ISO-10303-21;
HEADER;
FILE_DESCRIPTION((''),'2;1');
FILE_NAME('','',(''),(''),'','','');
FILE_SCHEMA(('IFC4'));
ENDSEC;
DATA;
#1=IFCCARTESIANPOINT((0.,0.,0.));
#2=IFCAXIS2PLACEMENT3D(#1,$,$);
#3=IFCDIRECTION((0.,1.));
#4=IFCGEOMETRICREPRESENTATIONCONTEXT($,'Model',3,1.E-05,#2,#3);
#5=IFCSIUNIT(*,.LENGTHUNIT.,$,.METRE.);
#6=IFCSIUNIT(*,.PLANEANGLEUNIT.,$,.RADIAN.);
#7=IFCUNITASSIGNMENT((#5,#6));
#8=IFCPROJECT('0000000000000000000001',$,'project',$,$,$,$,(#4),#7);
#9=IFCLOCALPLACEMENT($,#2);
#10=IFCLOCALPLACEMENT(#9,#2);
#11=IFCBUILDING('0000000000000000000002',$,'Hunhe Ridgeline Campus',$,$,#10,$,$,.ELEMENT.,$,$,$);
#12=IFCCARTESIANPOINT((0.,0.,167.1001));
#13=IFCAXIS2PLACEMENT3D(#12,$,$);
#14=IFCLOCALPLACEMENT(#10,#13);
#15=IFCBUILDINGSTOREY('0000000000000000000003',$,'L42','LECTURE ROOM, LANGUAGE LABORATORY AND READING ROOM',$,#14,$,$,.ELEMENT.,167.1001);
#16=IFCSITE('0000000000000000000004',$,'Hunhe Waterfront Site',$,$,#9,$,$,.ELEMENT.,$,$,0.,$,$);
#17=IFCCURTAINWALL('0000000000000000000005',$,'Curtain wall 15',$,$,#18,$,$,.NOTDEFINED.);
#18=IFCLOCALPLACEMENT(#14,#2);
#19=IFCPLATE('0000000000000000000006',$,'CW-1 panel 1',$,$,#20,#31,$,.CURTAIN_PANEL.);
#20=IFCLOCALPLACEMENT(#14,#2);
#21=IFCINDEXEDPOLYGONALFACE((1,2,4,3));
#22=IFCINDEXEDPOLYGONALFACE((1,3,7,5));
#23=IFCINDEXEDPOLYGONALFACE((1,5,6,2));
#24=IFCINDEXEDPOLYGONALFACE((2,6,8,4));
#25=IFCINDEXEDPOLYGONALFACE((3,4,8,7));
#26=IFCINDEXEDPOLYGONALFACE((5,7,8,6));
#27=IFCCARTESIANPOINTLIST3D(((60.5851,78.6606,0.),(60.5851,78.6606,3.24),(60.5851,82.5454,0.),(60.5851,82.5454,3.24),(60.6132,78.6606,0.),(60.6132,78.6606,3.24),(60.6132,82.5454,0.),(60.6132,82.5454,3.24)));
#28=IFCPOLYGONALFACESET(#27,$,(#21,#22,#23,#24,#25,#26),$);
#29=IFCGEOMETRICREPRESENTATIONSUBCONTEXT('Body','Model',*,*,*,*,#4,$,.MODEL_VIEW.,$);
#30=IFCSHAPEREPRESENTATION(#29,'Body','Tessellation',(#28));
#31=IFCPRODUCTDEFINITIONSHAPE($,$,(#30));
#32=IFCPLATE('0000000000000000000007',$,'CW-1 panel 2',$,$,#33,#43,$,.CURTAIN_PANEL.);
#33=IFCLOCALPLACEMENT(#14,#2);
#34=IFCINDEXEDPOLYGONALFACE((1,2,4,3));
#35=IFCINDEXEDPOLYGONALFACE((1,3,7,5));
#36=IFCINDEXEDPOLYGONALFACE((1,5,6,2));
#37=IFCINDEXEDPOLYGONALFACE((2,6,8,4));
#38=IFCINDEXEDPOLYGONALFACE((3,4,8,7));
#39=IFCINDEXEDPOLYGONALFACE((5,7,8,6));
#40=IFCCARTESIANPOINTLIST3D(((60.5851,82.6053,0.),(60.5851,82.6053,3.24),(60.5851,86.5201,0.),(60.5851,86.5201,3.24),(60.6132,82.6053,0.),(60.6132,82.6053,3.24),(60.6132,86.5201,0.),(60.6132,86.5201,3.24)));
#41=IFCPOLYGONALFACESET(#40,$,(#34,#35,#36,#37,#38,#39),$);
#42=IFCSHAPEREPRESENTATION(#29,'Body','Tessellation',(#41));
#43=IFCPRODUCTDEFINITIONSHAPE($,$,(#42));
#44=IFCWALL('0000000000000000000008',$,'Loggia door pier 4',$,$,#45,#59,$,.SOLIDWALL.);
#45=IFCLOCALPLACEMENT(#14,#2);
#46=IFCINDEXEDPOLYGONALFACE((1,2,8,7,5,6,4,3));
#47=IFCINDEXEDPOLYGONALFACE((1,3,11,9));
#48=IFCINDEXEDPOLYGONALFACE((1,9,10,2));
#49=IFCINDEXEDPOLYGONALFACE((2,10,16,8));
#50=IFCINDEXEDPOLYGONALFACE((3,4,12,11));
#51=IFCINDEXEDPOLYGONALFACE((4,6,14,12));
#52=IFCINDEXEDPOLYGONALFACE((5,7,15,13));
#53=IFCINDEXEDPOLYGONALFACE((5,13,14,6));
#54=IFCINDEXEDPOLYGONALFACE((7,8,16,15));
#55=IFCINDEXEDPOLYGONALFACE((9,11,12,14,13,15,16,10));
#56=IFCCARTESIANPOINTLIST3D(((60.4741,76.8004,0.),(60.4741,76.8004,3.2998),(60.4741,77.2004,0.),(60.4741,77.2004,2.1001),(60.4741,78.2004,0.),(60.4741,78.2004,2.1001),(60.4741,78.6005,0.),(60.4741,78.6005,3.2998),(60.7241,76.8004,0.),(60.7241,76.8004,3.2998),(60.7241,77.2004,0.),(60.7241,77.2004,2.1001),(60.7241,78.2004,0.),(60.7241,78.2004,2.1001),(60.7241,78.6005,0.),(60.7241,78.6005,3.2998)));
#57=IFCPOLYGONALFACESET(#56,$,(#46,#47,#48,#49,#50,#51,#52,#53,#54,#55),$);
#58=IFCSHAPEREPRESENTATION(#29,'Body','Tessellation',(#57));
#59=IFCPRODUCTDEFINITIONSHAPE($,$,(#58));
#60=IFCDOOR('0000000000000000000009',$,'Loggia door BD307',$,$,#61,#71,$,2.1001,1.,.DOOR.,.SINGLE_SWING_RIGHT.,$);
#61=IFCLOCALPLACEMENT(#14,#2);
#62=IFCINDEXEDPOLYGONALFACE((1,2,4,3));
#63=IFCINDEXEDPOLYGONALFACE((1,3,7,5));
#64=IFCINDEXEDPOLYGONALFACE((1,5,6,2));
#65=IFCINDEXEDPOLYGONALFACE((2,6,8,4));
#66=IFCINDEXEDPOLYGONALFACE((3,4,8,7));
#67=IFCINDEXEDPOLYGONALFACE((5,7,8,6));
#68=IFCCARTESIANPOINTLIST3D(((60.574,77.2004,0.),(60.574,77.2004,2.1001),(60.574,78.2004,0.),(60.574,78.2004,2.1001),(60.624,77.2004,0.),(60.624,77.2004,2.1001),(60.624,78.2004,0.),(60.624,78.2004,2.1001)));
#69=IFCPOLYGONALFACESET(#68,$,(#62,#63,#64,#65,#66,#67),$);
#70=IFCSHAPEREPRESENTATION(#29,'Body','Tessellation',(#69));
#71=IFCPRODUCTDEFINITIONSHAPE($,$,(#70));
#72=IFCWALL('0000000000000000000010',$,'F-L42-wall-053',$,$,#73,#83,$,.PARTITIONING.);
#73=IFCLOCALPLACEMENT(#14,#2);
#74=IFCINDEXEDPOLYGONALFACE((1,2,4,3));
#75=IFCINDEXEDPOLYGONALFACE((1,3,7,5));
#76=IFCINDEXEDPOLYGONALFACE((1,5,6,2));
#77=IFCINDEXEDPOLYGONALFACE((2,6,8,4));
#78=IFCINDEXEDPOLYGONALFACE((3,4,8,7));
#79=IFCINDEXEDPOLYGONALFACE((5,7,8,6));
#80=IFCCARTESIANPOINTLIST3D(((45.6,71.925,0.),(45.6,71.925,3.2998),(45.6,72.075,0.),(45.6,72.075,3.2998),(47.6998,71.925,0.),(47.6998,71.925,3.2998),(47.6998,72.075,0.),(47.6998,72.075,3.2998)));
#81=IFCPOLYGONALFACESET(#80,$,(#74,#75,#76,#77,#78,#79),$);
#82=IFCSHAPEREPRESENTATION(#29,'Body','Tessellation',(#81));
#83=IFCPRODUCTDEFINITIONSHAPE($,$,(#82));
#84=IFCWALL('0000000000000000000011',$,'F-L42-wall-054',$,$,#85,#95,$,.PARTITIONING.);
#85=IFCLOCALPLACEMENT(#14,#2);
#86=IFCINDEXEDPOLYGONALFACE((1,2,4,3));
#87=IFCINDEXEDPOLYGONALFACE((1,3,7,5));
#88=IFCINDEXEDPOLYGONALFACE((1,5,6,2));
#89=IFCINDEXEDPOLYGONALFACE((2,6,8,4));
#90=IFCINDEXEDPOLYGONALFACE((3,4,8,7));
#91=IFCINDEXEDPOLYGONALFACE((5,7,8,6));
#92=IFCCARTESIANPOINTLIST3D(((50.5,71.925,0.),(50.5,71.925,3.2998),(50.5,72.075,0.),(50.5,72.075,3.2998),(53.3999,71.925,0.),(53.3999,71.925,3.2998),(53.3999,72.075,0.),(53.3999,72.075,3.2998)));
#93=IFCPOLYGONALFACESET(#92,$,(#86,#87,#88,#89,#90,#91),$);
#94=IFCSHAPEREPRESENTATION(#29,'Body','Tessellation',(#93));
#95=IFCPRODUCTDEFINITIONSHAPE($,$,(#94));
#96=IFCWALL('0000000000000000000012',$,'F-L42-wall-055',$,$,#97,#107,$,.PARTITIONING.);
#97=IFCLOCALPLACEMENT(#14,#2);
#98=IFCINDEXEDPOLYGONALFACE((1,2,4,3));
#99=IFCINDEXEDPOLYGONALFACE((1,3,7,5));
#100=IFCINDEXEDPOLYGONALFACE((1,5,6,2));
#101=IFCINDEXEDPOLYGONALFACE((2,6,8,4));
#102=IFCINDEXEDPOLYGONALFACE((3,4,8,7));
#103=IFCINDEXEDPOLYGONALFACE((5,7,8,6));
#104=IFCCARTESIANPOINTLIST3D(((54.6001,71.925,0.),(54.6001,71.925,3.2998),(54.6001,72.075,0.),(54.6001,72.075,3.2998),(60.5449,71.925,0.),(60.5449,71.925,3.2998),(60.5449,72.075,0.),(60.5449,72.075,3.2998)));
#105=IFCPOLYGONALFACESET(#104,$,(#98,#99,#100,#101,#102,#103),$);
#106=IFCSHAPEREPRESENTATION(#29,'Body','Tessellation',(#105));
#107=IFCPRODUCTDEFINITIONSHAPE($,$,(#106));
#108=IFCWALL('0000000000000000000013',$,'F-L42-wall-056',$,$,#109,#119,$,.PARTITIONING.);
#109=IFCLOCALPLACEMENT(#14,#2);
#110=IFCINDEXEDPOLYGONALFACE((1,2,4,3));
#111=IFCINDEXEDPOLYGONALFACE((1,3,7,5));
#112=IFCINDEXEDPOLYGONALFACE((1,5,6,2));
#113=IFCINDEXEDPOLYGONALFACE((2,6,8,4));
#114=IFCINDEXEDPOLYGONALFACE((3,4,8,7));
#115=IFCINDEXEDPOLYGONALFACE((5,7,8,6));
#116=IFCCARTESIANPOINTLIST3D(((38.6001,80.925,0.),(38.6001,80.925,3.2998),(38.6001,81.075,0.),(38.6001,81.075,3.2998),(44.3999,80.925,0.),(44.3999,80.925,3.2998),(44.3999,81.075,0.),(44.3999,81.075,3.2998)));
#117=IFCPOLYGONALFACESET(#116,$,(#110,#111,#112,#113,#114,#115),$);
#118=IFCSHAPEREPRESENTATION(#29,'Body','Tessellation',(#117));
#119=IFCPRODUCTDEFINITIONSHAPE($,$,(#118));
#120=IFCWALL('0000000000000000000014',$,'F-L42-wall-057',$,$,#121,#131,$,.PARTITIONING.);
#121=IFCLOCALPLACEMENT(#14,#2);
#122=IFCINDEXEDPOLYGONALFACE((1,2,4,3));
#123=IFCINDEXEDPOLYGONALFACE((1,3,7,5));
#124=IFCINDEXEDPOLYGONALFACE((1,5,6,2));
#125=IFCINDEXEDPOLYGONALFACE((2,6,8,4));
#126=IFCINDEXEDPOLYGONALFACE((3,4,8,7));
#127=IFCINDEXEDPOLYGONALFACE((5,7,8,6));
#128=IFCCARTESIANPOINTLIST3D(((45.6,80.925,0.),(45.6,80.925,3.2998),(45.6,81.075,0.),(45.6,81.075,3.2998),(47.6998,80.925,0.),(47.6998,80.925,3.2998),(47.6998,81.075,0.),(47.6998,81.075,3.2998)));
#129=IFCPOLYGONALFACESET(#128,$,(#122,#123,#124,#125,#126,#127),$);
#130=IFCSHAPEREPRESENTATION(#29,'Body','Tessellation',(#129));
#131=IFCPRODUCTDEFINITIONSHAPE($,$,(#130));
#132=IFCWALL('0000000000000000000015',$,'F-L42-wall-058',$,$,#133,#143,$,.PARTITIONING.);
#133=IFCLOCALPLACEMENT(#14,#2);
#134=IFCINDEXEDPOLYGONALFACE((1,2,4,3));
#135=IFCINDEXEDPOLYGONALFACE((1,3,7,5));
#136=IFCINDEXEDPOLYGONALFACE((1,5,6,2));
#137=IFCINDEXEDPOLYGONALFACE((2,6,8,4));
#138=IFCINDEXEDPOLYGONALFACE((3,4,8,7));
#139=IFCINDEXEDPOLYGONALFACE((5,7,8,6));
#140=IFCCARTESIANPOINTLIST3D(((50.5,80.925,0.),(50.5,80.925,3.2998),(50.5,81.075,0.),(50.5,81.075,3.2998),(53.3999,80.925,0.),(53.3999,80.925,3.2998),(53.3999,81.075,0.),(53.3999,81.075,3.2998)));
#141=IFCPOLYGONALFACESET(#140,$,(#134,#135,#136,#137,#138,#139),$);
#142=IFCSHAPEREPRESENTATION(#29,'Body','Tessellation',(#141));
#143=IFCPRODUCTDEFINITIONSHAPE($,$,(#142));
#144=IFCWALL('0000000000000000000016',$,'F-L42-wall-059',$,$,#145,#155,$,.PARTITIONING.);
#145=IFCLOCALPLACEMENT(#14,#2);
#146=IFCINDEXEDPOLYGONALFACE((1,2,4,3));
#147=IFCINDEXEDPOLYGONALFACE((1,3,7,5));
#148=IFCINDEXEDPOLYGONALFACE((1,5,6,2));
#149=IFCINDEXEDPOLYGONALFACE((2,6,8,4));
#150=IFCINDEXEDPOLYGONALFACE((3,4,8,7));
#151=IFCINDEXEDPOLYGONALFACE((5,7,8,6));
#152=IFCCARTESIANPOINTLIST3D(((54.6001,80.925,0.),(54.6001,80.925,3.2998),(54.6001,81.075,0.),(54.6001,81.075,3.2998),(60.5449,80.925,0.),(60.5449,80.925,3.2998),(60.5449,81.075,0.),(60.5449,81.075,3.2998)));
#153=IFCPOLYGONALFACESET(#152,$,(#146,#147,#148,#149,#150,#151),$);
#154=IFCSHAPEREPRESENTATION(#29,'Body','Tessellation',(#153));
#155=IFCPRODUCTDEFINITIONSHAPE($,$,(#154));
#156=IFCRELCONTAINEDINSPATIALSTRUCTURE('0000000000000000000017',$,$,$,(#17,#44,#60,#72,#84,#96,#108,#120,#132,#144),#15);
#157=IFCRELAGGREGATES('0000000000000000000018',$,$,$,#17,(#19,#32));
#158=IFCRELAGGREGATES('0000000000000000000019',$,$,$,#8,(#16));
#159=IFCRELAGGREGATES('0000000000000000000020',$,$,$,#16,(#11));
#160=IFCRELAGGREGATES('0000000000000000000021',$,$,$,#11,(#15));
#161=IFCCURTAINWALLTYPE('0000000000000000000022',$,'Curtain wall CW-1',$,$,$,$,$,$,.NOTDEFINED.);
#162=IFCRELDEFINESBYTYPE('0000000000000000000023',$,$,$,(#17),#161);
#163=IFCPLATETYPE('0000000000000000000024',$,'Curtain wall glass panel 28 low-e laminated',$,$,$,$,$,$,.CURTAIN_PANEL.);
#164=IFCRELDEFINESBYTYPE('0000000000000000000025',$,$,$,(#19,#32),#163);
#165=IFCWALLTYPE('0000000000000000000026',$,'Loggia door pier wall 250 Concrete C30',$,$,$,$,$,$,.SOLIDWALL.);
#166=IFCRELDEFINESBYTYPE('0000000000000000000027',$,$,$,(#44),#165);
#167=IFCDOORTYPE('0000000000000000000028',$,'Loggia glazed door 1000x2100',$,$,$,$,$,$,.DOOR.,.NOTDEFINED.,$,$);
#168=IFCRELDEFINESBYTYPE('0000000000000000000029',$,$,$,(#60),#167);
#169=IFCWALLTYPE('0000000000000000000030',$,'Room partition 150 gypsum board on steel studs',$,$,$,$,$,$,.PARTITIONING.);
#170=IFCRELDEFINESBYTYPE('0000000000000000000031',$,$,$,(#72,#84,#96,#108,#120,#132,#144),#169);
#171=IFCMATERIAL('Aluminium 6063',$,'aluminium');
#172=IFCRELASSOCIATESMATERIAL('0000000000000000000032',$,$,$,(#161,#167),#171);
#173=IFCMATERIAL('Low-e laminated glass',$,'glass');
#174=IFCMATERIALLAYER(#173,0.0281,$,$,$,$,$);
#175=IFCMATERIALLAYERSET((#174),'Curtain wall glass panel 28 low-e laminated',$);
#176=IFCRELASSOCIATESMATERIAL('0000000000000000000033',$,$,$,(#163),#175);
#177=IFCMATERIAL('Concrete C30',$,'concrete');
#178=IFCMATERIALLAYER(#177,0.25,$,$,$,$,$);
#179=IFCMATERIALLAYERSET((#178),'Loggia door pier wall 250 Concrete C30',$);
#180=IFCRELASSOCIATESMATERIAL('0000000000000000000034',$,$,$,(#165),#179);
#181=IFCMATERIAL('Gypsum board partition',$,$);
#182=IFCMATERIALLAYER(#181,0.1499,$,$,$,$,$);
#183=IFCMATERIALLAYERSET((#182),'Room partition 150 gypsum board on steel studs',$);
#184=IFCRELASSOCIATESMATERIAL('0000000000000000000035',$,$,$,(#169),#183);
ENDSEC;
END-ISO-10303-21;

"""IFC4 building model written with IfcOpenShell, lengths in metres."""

from ifc_helpers import new_model, si_unit, direction, frame, frame_2d, origin, origin_2d, place, context, subcontext, project, spatial, rectangle, extrude, material, layer, layer_set, type_object, element, fill, aggregate, save


model = new_model("IFC4")

# Units and contexts
model_context = context("Model", 3, precision=1e-05, world=origin(), true_north=direction((0.0, 1.0)))
body_context = subcontext(model_context, "Body", "Model", "MODEL_VIEW")
ifc_project = project(units=[si_unit("LENGTHUNIT", "METRE"), si_unit("PLANEANGLEUNIT", "RADIAN")], contexts=[model_context])

# Site, building, storey
site_placement = place(None, origin())
site = spatial("IfcSite", under=ifc_project, at=site_placement, Name="Hunhe Waterfront Site", CompositionType="ELEMENT", RefElevation=0.0)
building_placement = place(site_placement, origin())
building = spatial("IfcBuilding", under=site, at=building_placement, Name="Hunhe Ridgeline Campus", CompositionType="ELEMENT")
storey_placement = place(building_placement, frame((0.0, 0.0, 167.1001)))
storey = spatial("IfcBuildingStorey", under=building, at=storey_placement, Name="L42", Description="LECTURE ROOM, LANGUAGE LABORATORY AND READING ROOM", CompositionType="ELEMENT", Elevation=167.1001)

# Curtain wall
ifc_material_1 = material(Name="Aluminium 6063", Category="aluminium")
curtain_wall_type = type_object("IfcCurtainWallType", Name="Curtain wall CW-1", PredefinedType="NOTDEFINED", material=ifc_material_1)
curtain_wall_1_placement = place(storey_placement, origin())
curtain_wall_1 = element("IfcCurtainWall", 1, at=curtain_wall_1_placement, inside=storey, type_object=curtain_wall_type, Name="Curtain wall 15", PredefinedType="NOTDEFINED")

# Plates
ifc_material_2 = material(Name="Low-e laminated glass", Category="glass")
ifc_layer_1 = layer(ifc_material_2, 0.0281)
ifc_layer_set_1 = layer_set([ifc_layer_1], Name="Curtain wall glass panel 28 low-e laminated")
plate_type = type_object("IfcPlateType", Name="Curtain wall glass panel 28 low-e laminated", PredefinedType="CURTAIN_PANEL", material=ifc_layer_set_1)
plate_1_placement = place(storey_placement, frame((60.5991, 80.603, 0.0), z_axis=(0.0, 0.0, 1.0), x_axis=(0.0, 1.0, 0.0)))
plate_1 = element("IfcPlate", 2, at=plate_1_placement, type_object=plate_type, Name="CW-1 panel 1", PredefinedType="CURTAIN_PANEL", context=body_context, shape_type="SweptSolid", body=[
    extrude(rectangle(XDim=3.8848, YDim=0.0281, at=origin_2d()), origin(), (0.0, 0.0, 1.0), 3.24),
])
plate_2_placement = place(storey_placement, frame((60.5991, 84.5627, 0.0), z_axis=(0.0, 0.0, 1.0), x_axis=(0.0, 1.0, 0.0)))
plate_2 = element("IfcPlate", 3, at=plate_2_placement, type_object=plate_type, Name="CW-1 panel 2", PredefinedType="CURTAIN_PANEL", context=body_context, shape_type="SweptSolid", body=[
    extrude(rectangle(XDim=3.9148, YDim=0.0281, at=origin_2d()), origin(), (0.0, 0.0, 1.0), 3.24),
])
aggregate(curtain_wall_1, [plate_1, plate_2])

# Wall, opening, door
ifc_material_3 = material(Name="Concrete C30", Category="concrete")
ifc_layer_2 = layer(ifc_material_3, 0.25)
ifc_layer_set_2 = layer_set([ifc_layer_2], Name="Loggia door pier wall 250 Concrete C30")
wall_type_1 = type_object("IfcWallType", Name="Loggia door pier wall 250 Concrete C30", PredefinedType="SOLIDWALL", material=ifc_layer_set_2)
wall_1_placement = place(storey_placement, frame((60.5991, 76.8005, 0.0), z_axis=(0.0, 0.0, 1.0), x_axis=(0.0, 1.0, 0.0)))
wall_1 = element("IfcWall", 4, at=wall_1_placement, inside=storey, type_object=wall_type_1, Name="Loggia door pier 4", PredefinedType="SOLIDWALL", context=body_context, shape_type="SweptSolid", body=[
    extrude(rectangle(XDim=1.8, YDim=0.25, at=frame_2d((0.8999, 0.0))), origin(), (0.0, 0.0, 1.0), 3.2998),
])
opening_placement = place(wall_1_placement, frame((0.3999, 0.0, 0.0)))
opening = element("IfcOpeningElement", 5, at=opening_placement, cuts=wall_1, PredefinedType="OPENING", context=body_context, shape_type="SweptSolid", body=[
    extrude(rectangle(XDim=1.0, YDim=2.1001, at=frame_2d((0.5, 1.05))), frame((0.0, 0.125, 0.0), z_axis=(0.0, -1.0, 0.0), x_axis=(1.0, 0.0, 0.0)), (0.0, 0.0, 1.0), 0.25),
])
door_type = type_object("IfcDoorType", Name="Loggia glazed door 1000x2100", OperationType="NOTDEFINED", PredefinedType="DOOR", material=ifc_material_1)
door_placement = place(opening_placement, frame((1.0, 0.0, 0.0), z_axis=(0.0, 0.0, 1.0), x_axis=(-1.0, 0.0, 0.0)))
door = element("IfcDoor", 6, at=door_placement, inside=storey, type_object=door_type, Name="Loggia door BD307", OperationType="SINGLE_SWING_RIGHT", OverallHeight=2.1001, OverallWidth=1.0, PredefinedType="DOOR", context=body_context, shape_type="SweptSolid", body=[
    extrude(rectangle(XDim=1.0, YDim=2.1001, at=frame_2d((0.5, 1.05))), frame((0.0, 0.0249, 0.0), z_axis=(0.0, -1.0, 0.0), x_axis=(1.0, 0.0, 0.0)), (0.0, 0.0, 1.0), 0.05),
])
fill(opening, door)

# Walls
ifc_material_4 = material(Name="Gypsum board partition")
ifc_layer_3 = layer(ifc_material_4, 0.1499)
ifc_layer_set_3 = layer_set([ifc_layer_3], Name="Room partition 150 gypsum board on steel studs")
wall_type_2 = type_object("IfcWallType", Name="Room partition 150 gypsum board on steel studs", PredefinedType="PARTITIONING", material=ifc_layer_set_3)
wall_2_placement = place(storey_placement, frame((45.6001, 72.0, 0.0), z_axis=(0.0, 0.0, 1.0), x_axis=(1.0, 0.0, 0.0)))
element("IfcWall", 7, at=wall_2_placement, inside=storey, type_object=wall_type_2, Name="F-L42-wall-053", PredefinedType="PARTITIONING", context=body_context, shape_type="SweptSolid", body=[
    extrude(rectangle(XDim=2.0999, YDim=0.1499, at=frame_2d((1.0498, 0.0))), origin(), (0.0, 0.0, 1.0), 3.2998),
])
wall_3_placement = place(storey_placement, frame((50.5, 72.0, 0.0), z_axis=(0.0, 0.0, 1.0), x_axis=(1.0, 0.0, 0.0)))
element("IfcWall", 8, at=wall_3_placement, inside=storey, type_object=wall_type_2, Name="F-L42-wall-054", PredefinedType="PARTITIONING", context=body_context, shape_type="SweptSolid", body=[
    extrude(rectangle(XDim=2.8999, YDim=0.1499, at=frame_2d((1.45, 0.0))), origin(), (0.0, 0.0, 1.0), 3.2998),
])
wall_4_placement = place(storey_placement, frame((54.6001, 72.0, 0.0), z_axis=(0.0, 0.0, 1.0), x_axis=(1.0, 0.0, 0.0)))
element("IfcWall", 9, at=wall_4_placement, inside=storey, type_object=wall_type_2, Name="F-L42-wall-055", PredefinedType="PARTITIONING", context=body_context, shape_type="SweptSolid", body=[
    extrude(rectangle(XDim=5.9448, YDim=0.1499, at=frame_2d((2.9724, 0.0))), origin(), (0.0, 0.0, 1.0), 3.2998),
])
wall_5_placement = place(storey_placement, frame((38.6001, 81.0, 0.0), z_axis=(0.0, 0.0, 1.0), x_axis=(1.0, 0.0, 0.0)))
element("IfcWall", 10, at=wall_5_placement, inside=storey, type_object=wall_type_2, Name="F-L42-wall-056", PredefinedType="PARTITIONING", context=body_context, shape_type="SweptSolid", body=[
    extrude(rectangle(XDim=5.7998, YDim=0.1499, at=frame_2d((2.8999, 0.0))), origin(), (0.0, 0.0, 1.0), 3.2998),
])
wall_6_placement = place(storey_placement, frame((45.6001, 81.0, 0.0), z_axis=(0.0, 0.0, 1.0), x_axis=(1.0, 0.0, 0.0)))
element("IfcWall", 11, at=wall_6_placement, inside=storey, type_object=wall_type_2, Name="F-L42-wall-057", PredefinedType="PARTITIONING", context=body_context, shape_type="SweptSolid", body=[
    extrude(rectangle(XDim=2.0999, YDim=0.1499, at=frame_2d((1.0498, 0.0))), origin(), (0.0, 0.0, 1.0), 3.2998),
])
wall_7_placement = place(storey_placement, frame((50.5, 81.0, 0.0), z_axis=(0.0, 0.0, 1.0), x_axis=(1.0, 0.0, 0.0)))
element("IfcWall", 12, at=wall_7_placement, inside=storey, type_object=wall_type_2, Name="F-L42-wall-058", PredefinedType="PARTITIONING", context=body_context, shape_type="SweptSolid", body=[
    extrude(rectangle(XDim=2.8999, YDim=0.1499, at=frame_2d((1.45, 0.0))), origin(), (0.0, 0.0, 1.0), 3.2998),
])
wall_8_placement = place(storey_placement, frame((54.6001, 81.0, 0.0), z_axis=(0.0, 0.0, 1.0), x_axis=(1.0, 0.0, 0.0)))
element("IfcWall", 13, at=wall_8_placement, inside=storey, type_object=wall_type_2, Name="F-L42-wall-059", PredefinedType="PARTITIONING", context=body_context, shape_type="SweptSolid", body=[
    extrude(rectangle(XDim=5.9448, YDim=0.1499, at=frame_2d((2.9724, 0.0))), origin(), (0.0, 0.0, 1.0), 3.2998),
])

save(model, "model.ifc")
